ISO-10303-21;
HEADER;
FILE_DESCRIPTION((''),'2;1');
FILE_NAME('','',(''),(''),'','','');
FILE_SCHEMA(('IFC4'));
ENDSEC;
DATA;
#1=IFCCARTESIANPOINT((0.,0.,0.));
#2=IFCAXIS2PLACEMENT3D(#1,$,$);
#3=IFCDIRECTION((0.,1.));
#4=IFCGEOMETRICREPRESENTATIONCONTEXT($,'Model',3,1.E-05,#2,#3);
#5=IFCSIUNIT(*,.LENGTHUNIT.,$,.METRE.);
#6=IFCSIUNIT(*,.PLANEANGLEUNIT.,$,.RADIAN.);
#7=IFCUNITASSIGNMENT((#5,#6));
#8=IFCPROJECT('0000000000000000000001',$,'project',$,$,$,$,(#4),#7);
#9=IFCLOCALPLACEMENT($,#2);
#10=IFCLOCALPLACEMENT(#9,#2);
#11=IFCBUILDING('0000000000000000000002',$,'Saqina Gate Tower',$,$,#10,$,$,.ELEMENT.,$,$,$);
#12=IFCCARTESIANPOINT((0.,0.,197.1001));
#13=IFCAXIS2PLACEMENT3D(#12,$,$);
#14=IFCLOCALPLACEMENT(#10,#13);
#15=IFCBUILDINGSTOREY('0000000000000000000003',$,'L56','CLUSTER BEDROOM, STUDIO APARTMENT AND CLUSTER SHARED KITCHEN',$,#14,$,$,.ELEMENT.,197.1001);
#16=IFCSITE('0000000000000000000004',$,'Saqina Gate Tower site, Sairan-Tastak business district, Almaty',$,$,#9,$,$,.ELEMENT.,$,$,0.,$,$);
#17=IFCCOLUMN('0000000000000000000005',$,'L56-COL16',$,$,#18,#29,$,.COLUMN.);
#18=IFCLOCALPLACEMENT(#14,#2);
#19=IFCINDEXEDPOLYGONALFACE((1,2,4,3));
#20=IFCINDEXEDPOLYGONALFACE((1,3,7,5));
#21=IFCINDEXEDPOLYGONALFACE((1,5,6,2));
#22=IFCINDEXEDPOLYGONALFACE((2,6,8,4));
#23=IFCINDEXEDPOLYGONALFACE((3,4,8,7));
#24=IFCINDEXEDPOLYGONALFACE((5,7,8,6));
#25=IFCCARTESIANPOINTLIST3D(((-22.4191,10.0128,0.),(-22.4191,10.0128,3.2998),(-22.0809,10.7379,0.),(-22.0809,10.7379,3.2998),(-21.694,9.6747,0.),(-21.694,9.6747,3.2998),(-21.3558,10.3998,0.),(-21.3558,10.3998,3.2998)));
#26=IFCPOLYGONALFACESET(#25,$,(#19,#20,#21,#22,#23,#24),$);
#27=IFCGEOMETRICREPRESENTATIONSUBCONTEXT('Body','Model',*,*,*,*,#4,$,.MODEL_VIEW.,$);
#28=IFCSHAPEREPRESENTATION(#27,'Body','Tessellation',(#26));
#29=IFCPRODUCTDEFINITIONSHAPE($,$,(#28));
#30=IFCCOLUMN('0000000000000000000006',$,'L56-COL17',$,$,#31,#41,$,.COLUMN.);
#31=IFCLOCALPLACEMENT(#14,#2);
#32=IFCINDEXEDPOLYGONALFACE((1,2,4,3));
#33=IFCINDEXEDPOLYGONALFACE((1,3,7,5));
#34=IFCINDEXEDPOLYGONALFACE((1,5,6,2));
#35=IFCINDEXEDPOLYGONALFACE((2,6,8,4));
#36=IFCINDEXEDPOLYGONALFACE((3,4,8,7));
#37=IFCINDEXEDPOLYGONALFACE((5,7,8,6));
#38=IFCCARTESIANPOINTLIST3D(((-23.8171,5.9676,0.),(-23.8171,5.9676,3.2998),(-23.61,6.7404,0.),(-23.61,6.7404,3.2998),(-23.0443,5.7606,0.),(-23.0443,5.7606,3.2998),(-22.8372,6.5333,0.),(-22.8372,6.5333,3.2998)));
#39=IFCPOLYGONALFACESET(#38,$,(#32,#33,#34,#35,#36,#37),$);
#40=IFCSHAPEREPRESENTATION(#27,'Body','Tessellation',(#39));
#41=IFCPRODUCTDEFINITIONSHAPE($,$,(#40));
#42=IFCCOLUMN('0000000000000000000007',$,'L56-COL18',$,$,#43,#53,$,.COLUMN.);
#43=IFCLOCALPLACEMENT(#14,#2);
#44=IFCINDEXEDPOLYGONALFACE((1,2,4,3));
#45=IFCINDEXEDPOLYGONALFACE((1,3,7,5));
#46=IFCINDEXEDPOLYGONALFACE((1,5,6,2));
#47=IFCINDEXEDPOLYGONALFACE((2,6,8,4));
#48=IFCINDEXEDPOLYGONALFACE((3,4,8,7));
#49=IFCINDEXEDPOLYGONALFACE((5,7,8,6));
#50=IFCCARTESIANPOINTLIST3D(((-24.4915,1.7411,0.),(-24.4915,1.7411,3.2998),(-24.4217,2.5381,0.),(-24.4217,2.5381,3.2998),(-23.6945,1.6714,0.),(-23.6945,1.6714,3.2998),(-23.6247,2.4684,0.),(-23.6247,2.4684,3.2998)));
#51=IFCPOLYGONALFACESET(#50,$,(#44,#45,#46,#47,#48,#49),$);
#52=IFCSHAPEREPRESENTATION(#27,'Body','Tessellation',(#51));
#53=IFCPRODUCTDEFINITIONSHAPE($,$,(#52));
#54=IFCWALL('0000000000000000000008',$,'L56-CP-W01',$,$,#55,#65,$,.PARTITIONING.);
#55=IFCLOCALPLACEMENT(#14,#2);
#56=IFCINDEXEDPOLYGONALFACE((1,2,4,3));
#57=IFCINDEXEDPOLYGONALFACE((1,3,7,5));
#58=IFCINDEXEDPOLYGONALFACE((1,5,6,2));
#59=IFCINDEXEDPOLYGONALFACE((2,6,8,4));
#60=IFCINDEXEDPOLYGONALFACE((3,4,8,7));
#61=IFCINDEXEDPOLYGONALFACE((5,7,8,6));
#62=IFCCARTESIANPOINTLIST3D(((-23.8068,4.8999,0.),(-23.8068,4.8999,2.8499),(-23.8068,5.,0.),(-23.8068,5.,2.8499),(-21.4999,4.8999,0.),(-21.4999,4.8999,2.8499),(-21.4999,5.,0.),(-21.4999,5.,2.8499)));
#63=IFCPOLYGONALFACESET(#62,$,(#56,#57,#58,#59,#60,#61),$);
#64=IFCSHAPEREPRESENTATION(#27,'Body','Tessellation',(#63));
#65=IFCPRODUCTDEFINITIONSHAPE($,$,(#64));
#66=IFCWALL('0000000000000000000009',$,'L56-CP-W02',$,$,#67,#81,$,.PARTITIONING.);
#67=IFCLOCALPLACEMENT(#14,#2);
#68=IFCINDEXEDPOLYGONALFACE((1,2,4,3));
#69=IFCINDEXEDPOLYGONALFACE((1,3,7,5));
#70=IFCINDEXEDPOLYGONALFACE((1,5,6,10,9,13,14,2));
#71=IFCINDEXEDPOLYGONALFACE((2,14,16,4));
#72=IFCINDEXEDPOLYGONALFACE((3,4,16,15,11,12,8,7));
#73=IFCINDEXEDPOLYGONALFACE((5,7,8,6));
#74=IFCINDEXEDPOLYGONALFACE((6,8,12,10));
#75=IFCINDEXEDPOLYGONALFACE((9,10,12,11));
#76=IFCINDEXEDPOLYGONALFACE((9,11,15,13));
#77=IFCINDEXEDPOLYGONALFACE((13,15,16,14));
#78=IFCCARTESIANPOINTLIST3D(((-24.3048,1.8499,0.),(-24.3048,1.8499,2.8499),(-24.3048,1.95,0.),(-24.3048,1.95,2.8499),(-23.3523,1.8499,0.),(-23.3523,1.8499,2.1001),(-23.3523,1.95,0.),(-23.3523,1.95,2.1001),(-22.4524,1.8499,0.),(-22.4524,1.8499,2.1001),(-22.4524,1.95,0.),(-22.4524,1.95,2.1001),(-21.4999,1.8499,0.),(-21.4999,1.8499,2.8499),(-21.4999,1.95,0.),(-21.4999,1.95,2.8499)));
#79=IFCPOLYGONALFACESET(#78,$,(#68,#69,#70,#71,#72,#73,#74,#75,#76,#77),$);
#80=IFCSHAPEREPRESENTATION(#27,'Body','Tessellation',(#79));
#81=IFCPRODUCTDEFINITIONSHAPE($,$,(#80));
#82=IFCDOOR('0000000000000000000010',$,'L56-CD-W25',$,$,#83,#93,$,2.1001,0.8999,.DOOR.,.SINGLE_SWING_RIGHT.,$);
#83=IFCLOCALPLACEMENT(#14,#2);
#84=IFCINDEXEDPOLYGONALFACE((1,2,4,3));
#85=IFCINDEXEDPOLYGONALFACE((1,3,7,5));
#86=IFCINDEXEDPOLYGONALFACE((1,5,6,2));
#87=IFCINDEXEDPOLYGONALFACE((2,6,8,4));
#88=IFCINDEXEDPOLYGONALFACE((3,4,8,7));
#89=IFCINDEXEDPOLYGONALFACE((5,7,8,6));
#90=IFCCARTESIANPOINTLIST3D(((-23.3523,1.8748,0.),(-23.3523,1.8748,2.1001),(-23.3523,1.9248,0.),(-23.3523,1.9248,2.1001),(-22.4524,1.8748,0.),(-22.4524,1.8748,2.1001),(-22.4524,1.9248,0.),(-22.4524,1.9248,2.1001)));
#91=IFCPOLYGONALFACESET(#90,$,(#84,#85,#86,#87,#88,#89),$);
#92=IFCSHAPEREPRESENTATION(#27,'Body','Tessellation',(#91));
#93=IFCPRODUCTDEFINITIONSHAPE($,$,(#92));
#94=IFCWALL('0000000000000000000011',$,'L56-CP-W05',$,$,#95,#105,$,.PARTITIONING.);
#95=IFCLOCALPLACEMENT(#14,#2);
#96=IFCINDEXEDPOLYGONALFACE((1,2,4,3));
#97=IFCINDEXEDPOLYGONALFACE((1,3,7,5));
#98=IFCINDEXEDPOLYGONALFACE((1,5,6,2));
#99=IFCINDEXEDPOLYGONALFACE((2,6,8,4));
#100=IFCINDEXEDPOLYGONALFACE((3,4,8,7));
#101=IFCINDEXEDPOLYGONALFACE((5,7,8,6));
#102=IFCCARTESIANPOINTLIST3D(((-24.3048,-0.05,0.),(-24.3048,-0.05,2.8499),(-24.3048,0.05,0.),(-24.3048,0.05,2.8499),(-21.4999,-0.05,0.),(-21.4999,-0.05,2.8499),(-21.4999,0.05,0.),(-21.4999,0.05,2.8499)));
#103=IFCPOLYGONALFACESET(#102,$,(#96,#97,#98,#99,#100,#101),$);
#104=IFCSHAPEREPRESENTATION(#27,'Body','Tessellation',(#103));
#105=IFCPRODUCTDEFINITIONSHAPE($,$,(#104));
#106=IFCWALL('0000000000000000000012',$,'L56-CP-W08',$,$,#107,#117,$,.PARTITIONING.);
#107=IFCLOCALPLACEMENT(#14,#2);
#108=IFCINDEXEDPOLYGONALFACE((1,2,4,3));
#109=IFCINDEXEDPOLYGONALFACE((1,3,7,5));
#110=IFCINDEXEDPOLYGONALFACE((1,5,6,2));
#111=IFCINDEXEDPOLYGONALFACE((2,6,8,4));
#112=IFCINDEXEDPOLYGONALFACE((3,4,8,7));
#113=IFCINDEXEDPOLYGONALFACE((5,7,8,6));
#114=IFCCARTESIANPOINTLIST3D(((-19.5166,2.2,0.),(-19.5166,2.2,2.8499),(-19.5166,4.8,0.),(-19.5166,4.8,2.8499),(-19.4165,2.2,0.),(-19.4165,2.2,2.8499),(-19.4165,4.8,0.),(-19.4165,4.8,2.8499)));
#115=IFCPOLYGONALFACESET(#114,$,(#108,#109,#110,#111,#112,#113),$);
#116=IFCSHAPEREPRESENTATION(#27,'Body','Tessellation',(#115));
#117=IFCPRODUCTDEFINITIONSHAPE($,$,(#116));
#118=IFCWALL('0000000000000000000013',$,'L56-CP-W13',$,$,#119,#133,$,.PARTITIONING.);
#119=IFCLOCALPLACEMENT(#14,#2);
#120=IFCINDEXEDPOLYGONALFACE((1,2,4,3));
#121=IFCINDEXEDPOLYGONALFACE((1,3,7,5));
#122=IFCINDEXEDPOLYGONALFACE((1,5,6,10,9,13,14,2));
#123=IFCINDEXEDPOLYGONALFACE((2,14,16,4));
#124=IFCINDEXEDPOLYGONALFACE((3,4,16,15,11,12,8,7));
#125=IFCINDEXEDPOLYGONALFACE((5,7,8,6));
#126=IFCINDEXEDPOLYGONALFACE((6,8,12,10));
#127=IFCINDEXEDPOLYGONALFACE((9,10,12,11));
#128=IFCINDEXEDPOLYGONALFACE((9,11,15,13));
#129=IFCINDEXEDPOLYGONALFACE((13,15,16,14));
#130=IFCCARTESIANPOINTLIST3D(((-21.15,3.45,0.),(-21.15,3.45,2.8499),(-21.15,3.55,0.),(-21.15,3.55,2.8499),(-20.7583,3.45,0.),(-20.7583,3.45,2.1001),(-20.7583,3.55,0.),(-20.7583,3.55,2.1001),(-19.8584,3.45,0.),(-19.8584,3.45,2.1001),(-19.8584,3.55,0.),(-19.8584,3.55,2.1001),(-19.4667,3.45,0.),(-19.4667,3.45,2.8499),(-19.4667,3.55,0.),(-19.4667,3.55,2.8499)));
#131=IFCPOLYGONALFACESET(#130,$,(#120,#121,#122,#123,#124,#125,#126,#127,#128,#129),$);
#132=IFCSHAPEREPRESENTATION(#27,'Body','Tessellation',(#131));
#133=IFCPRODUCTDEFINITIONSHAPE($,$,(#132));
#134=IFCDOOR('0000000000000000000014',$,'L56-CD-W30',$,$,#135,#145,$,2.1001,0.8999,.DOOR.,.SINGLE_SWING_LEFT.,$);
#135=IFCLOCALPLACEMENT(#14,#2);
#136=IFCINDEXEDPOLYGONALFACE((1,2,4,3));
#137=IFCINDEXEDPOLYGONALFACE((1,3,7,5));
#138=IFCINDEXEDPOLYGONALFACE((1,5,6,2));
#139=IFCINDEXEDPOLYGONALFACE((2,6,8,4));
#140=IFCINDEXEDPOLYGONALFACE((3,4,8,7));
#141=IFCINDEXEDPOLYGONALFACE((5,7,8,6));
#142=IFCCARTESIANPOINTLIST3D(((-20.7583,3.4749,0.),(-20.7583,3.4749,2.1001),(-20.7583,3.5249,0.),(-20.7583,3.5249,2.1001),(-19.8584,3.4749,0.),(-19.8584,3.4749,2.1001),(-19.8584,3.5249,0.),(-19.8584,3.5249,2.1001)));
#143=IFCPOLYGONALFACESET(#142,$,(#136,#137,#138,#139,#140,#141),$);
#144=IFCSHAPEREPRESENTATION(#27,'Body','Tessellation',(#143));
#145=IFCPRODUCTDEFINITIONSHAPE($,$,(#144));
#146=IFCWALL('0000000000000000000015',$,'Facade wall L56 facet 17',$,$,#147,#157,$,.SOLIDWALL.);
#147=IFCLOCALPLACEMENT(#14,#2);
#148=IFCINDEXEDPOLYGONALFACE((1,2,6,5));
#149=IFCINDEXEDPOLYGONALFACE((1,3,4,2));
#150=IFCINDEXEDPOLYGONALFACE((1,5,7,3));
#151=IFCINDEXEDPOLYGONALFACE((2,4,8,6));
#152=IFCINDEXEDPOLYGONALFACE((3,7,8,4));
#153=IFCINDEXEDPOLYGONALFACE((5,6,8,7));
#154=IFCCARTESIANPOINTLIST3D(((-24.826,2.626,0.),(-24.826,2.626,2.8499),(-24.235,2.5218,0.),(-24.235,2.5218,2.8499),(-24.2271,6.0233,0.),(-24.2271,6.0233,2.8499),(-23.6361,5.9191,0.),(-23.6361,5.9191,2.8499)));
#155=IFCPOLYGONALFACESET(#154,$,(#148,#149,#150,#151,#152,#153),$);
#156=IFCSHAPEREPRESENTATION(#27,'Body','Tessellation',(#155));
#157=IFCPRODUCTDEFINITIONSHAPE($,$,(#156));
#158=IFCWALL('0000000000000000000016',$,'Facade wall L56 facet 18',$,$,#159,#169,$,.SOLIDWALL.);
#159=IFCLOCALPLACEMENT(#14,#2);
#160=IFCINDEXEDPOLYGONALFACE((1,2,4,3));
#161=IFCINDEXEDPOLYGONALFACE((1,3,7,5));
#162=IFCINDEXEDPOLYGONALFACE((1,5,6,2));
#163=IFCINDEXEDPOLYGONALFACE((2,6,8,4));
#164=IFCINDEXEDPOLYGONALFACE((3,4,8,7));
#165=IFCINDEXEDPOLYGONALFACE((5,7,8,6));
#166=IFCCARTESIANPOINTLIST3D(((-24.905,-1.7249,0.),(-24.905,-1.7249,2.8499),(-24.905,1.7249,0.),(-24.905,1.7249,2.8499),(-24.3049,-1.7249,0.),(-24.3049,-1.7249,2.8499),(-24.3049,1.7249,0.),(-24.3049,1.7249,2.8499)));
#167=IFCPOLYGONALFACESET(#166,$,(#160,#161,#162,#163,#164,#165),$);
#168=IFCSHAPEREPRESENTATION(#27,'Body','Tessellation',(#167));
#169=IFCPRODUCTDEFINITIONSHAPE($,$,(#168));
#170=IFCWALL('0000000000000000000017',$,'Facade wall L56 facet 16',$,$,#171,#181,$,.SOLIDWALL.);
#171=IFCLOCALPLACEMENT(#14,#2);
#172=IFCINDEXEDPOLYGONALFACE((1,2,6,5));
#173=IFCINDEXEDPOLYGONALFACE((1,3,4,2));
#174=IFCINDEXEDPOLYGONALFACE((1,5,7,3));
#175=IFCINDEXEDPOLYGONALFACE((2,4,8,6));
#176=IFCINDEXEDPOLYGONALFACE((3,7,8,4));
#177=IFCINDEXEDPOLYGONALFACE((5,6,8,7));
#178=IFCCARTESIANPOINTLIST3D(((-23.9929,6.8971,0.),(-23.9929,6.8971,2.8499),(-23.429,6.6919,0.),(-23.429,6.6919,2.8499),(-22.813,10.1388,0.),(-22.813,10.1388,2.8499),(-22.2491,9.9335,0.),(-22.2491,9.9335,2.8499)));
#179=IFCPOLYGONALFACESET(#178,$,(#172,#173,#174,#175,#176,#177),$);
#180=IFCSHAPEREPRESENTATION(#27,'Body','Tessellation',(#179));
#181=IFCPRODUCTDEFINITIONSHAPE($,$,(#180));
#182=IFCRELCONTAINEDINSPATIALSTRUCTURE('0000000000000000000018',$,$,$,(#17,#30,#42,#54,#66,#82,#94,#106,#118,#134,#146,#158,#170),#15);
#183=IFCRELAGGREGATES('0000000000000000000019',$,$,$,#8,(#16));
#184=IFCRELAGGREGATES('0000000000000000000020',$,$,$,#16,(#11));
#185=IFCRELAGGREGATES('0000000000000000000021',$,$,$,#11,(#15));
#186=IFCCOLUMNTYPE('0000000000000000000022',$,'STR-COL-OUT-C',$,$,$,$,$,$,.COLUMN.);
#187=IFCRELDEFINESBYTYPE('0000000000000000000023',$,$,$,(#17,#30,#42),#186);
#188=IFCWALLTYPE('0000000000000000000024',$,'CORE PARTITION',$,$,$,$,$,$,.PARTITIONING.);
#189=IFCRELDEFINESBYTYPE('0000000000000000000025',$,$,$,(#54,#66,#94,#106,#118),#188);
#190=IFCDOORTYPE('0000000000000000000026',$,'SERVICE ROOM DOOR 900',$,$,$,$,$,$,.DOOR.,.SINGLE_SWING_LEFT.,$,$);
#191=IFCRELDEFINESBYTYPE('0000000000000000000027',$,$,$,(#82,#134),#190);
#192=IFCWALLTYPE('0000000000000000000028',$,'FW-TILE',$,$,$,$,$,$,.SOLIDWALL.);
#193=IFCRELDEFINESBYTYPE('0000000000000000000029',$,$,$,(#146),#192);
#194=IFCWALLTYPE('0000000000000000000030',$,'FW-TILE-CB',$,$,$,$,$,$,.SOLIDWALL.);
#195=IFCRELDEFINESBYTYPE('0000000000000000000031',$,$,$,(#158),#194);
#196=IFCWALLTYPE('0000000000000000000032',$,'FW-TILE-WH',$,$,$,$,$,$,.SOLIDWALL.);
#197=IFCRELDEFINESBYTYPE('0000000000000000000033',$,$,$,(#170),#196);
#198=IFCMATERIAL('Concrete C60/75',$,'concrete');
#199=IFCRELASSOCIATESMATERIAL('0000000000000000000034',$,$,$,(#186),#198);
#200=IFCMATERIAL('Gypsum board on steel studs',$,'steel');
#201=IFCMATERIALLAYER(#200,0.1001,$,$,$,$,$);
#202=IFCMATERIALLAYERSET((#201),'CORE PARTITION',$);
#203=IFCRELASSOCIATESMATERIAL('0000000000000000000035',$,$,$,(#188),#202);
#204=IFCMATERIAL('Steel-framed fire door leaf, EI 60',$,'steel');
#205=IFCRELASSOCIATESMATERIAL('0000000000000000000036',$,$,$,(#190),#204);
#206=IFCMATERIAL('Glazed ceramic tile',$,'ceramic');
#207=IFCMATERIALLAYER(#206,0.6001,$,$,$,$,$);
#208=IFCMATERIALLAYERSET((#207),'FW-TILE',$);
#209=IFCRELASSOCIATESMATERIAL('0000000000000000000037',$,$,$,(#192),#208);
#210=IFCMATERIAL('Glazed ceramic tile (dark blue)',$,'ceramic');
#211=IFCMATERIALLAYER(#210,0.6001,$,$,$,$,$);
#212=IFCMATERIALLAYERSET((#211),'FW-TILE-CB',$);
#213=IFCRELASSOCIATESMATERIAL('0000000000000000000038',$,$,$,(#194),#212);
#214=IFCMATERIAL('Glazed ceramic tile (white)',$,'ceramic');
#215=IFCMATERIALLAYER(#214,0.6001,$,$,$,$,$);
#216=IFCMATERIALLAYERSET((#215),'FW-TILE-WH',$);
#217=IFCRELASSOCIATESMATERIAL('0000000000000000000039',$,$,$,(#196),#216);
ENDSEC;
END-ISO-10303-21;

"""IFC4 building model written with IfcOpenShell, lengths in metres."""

from ifc_helpers import new_model, si_unit, direction, frame, frame_2d, origin, origin_2d, place, context, subcontext, project, spatial, rectangle, extrude, material, layer, layer_set, material_profile, profile_set, type_object, element, fill, save


model = new_model("IFC4")

# Units and contexts
model_context = context("Model", 3, precision=1e-05, world=origin(), true_north=direction((0.0, 1.0)))
body_context = subcontext(model_context, "Body", "Model", "MODEL_VIEW")
ifc_project = project(units=[si_unit("LENGTHUNIT", "METRE"), si_unit("PLANEANGLEUNIT", "RADIAN")], contexts=[model_context])

# Site, building, storey
site_placement = place(None, origin())
site = spatial("IfcSite", under=ifc_project, at=site_placement, Name="Saqina Gate Tower site, Sairan-Tastak business district, Almaty", CompositionType="ELEMENT", RefElevation=0.0)
building_placement = place(site_placement, origin())
building = spatial("IfcBuilding", under=site, at=building_placement, Name="Saqina Gate Tower", CompositionType="ELEMENT")
storey_placement = place(building_placement, frame((0.0, 0.0, 197.1001)))
storey = spatial("IfcBuildingStorey", under=building, at=storey_placement, Name="L56", Description="CLUSTER BEDROOM, STUDIO APARTMENT AND CLUSTER SHARED KITCHEN", CompositionType="ELEMENT", Elevation=197.1001)

# Columns
ifc_material_1 = material(Name="Concrete C60/75", Category="concrete")
ifc_material_profile = material_profile(ifc_material_1, rectangle(XDim=0.8, YDim=0.8, at=origin_2d()), Name="RC 800x800")
ifc_profile_set = profile_set([ifc_material_profile], Name="Concrete C60/75")
column_type = type_object("IfcColumnType", Name="STR-COL-OUT-C", PredefinedType="COLUMN", material=ifc_profile_set)
for number, where, z_axis, x_axis, name in (
    (1, (-21.8875, 10.2063, 0.0), (0.0, 0.0, 1.0), (-0.906308, 0.422618, 0.0), "L56-COL16"),
    (2, (-23.3271, 6.2505, 0.0), (0.0, 0.0, 1.0), (-0.965926, 0.258819, 0.0), "L56-COL17"),
    (3, (-24.0581, 2.1047, 0.0), (0.0, 0.0, 1.0), (-0.996195, 0.087156, 0.0), "L56-COL18"),
):
    element("IfcColumn", number, at=place(storey_placement, frame(where, z_axis=z_axis, x_axis=x_axis)), inside=storey, type_object=column_type, Name=name, PredefinedType="COLUMN", context=body_context, shape_type="SweptSolid", body=[
        extrude(rectangle(XDim=0.8, YDim=0.8, at=origin_2d()), origin(), (0.0, 0.0, 1.0), 3.2998),
    ])

# Wall
ifc_material_2 = material(Name="Gypsum board on steel studs", Category="steel")
ifc_layer_1 = layer(ifc_material_2, 0.1001)
ifc_layer_set_1 = layer_set([ifc_layer_1], Name="CORE PARTITION")
wall_type_1 = type_object("IfcWallType", Name="CORE PARTITION", PredefinedType="PARTITIONING", material=ifc_layer_set_1)
wall_1_placement = place(storey_placement, frame((-21.5, 4.95, 0.0), z_axis=(0.0, 0.0, 1.0), x_axis=(-1.0, 0.0, 0.0)))
element("IfcWall", 4, at=wall_1_placement, inside=storey, type_object=wall_type_1, Name="L56-CP-W01", PredefinedType="PARTITIONING", context=body_context, shape_type="SweptSolid", body=[
    extrude(rectangle(XDim=2.3069, YDim=0.1001, at=frame_2d((1.1533, 0.0))), origin(), (0.0, 0.0, 1.0), 2.8499),
])

# Wall, opening, door
wall_2_placement = place(storey_placement, frame((-21.5, 1.8999, 0.0), z_axis=(0.0, 0.0, 1.0), x_axis=(-1.0, 0.0, 0.0)))
wall_2 = element("IfcWall", 5, at=wall_2_placement, inside=storey, type_object=wall_type_1, Name="L56-CP-W02", PredefinedType="PARTITIONING", context=body_context, shape_type="SweptSolid", body=[
    extrude(rectangle(XDim=2.8049, YDim=0.1001, at=frame_2d((1.4023, 0.0))), origin(), (0.0, 0.0, 1.0), 2.8499),
])
opening_1_placement = place(wall_2_placement, frame((0.9524, 0.0, 0.0)))
opening_1 = element("IfcOpeningElement", 6, at=opening_1_placement, cuts=wall_2, PredefinedType="OPENING", context=body_context, shape_type="SweptSolid", body=[
    extrude(rectangle(XDim=0.8999, YDim=2.1001, at=frame_2d((0.45, 1.05))), frame((0.0, 0.062, 0.0), z_axis=(0.0, -1.0, 0.0), x_axis=(1.0, 0.0, 0.0)), (0.0, 0.0, 1.0), 0.124),
])
ifc_material_3 = material(Name="Steel-framed fire door leaf, EI 60", Category="steel")
door_type = type_object("IfcDoorType", Name="SERVICE ROOM DOOR 900", OperationType="SINGLE_SWING_LEFT", PredefinedType="DOOR", material=ifc_material_3)
door_1_placement = place(opening_1_placement, frame((0.8999, 0.0, 0.0), z_axis=(0.0, 0.0, 1.0), x_axis=(-1.0, 0.0, 0.0)))
door_1 = element("IfcDoor", 7, at=door_1_placement, inside=storey, type_object=door_type, Name="L56-CD-W25", OperationType="SINGLE_SWING_RIGHT", OverallHeight=2.1001, OverallWidth=0.8999, PredefinedType="DOOR", context=body_context, shape_type="SweptSolid", body=[
    extrude(rectangle(XDim=0.8999, YDim=2.1001, at=frame_2d((0.45, 1.05))), frame((0.0, 0.0249, 0.0), z_axis=(0.0, -1.0, 0.0), x_axis=(1.0, 0.0, 0.0)), (0.0, 0.0, 1.0), 0.05),
])
fill(opening_1, door_1)

# Walls
wall_3_placement = place(storey_placement, frame((-21.5, 0.0, 0.0), z_axis=(0.0, 0.0, 1.0), x_axis=(-1.0, 0.0, 0.0)))
element("IfcWall", 8, at=wall_3_placement, inside=storey, type_object=wall_type_1, Name="L56-CP-W05", PredefinedType="PARTITIONING", context=body_context, shape_type="SweptSolid", body=[
    extrude(rectangle(XDim=2.8049, YDim=0.1001, at=frame_2d((1.4023, 0.0))), origin(), (0.0, 0.0, 1.0), 2.8499),
])
wall_4_placement = place(storey_placement, frame((-19.4666, 2.2, 0.0), z_axis=(0.0, 0.0, 1.0), x_axis=(0.0, 1.0, 0.0)))
element("IfcWall", 9, at=wall_4_placement, inside=storey, type_object=wall_type_1, Name="L56-CP-W08", PredefinedType="PARTITIONING", context=body_context, shape_type="SweptSolid", body=[
    extrude(rectangle(XDim=2.6001, YDim=0.1001, at=frame_2d((1.3, 0.0))), origin(), (0.0, 0.0, 1.0), 2.8499),
])

# Wall, opening, door
wall_5_placement = place(storey_placement, frame((-19.4666, 3.5, 0.0), z_axis=(0.0, 0.0, 1.0), x_axis=(-1.0, 0.0, 0.0)))
wall_5 = element("IfcWall", 10, at=wall_5_placement, inside=storey, type_object=wall_type_1, Name="L56-CP-W13", PredefinedType="PARTITIONING", context=body_context, shape_type="SweptSolid", body=[
    extrude(rectangle(XDim=1.6833, YDim=0.1001, at=frame_2d((0.8418, 0.0))), origin(), (0.0, 0.0, 1.0), 2.8499),
])
opening_2_placement = place(wall_5_placement, frame((0.3918, 0.0, 0.0)))
opening_2 = element("IfcOpeningElement", 11, at=opening_2_placement, cuts=wall_5, PredefinedType="OPENING", context=body_context, shape_type="SweptSolid", body=[
    extrude(rectangle(XDim=0.8999, YDim=2.1001, at=frame_2d((0.45, 1.05))), frame((0.0, 0.062, 0.0), z_axis=(0.0, -1.0, 0.0), x_axis=(1.0, 0.0, 0.0)), (0.0, 0.0, 1.0), 0.124),
])
door_2_placement = place(opening_2_placement, frame((0.8999, 0.0, 0.0), z_axis=(0.0, 0.0, 1.0), x_axis=(-1.0, 0.0, 0.0)))
door_2 = element("IfcDoor", 12, at=door_2_placement, inside=storey, type_object=door_type, Name="L56-CD-W30", OperationType="SINGLE_SWING_LEFT", OverallHeight=2.1001, OverallWidth=0.8999, PredefinedType="DOOR", context=body_context, shape_type="SweptSolid", body=[
    extrude(rectangle(XDim=0.8999, YDim=2.1001, at=frame_2d((0.45, 1.05))), frame((0.0, 0.0249, 0.0), z_axis=(0.0, -1.0, 0.0), x_axis=(1.0, 0.0, 0.0)), (0.0, 0.0, 1.0), 0.05),
])
fill(opening_2, door_2)

# Walls
ifc_material_4 = material(Name="Glazed ceramic tile", Category="ceramic")
ifc_layer_2 = layer(ifc_material_4, 0.6001)
ifc_layer_set_2 = layer_set([ifc_layer_2], Name="FW-TILE")
wall_type_2 = type_object("IfcWallType", Name="FW-TILE", PredefinedType="SOLIDWALL", material=ifc_layer_set_2)
wall_6_placement = place(storey_placement, frame((-23.9316, 5.9712, 0.0), z_axis=(0.0, 0.0, 1.0), x_axis=(-0.173608, -0.984815, 0.0)))
element("IfcWall", 13, at=wall_6_placement, inside=storey, type_object=wall_type_2, Name="Facade wall L56 facet 17", PredefinedType="SOLIDWALL", context=body_context, shape_type="SweptSolid", body=[
    extrude(rectangle(XDim=3.4497, YDim=0.6001, at=frame_2d((1.7249, 0.0))), origin(), (0.0, 0.0, 1.0), 2.8499),
])
ifc_material_5 = material(Name="Glazed ceramic tile (dark blue)", Category="ceramic")
ifc_layer_3 = layer(ifc_material_5, 0.6001)
ifc_layer_set_3 = layer_set([ifc_layer_3], Name="FW-TILE-CB")
wall_type_3 = type_object("IfcWallType", Name="FW-TILE-CB", PredefinedType="SOLIDWALL", material=ifc_layer_set_3)
wall_7_placement = place(storey_placement, frame((-24.605, 1.7249, 0.0), z_axis=(0.0, 0.0, 1.0), x_axis=(0.0, -1.0, 0.0)))
element("IfcWall", 14, at=wall_7_placement, inside=storey, type_object=wall_type_3, Name="Facade wall L56 facet 18", PredefinedType="SOLIDWALL", context=body_context, shape_type="SweptSolid", body=[
    extrude(rectangle(XDim=3.4497, YDim=0.6001, at=frame_2d((1.7249, 0.0))), origin(), (0.0, 0.0, 1.0), 2.8499),
])
ifc_material_6 = material(Name="Glazed ceramic tile (white)", Category="ceramic")
ifc_layer_4 = layer(ifc_material_6, 0.6001)
ifc_layer_set_4 = layer_set([ifc_layer_4], Name="FW-TILE-WH")
wall_type_4 = type_object("IfcWallType", Name="FW-TILE-WH", PredefinedType="SOLIDWALL", material=ifc_layer_set_4)
wall_8_placement = place(storey_placement, frame((-22.531, 10.0361, 0.0), z_axis=(0.0, 0.0, 1.0), x_axis=(-0.342033, -0.939688, 0.0)))
element("IfcWall", 15, at=wall_8_placement, inside=storey, type_object=wall_type_4, Name="Facade wall L56 facet 16", PredefinedType="SOLIDWALL", context=body_context, shape_type="SweptSolid", body=[
    extrude(rectangle(XDim=3.4497, YDim=0.6001, at=frame_2d((1.7249, 0.0))), origin(), (0.0, 0.0, 1.0), 2.8499),
])

save(model, "model.ifc")
